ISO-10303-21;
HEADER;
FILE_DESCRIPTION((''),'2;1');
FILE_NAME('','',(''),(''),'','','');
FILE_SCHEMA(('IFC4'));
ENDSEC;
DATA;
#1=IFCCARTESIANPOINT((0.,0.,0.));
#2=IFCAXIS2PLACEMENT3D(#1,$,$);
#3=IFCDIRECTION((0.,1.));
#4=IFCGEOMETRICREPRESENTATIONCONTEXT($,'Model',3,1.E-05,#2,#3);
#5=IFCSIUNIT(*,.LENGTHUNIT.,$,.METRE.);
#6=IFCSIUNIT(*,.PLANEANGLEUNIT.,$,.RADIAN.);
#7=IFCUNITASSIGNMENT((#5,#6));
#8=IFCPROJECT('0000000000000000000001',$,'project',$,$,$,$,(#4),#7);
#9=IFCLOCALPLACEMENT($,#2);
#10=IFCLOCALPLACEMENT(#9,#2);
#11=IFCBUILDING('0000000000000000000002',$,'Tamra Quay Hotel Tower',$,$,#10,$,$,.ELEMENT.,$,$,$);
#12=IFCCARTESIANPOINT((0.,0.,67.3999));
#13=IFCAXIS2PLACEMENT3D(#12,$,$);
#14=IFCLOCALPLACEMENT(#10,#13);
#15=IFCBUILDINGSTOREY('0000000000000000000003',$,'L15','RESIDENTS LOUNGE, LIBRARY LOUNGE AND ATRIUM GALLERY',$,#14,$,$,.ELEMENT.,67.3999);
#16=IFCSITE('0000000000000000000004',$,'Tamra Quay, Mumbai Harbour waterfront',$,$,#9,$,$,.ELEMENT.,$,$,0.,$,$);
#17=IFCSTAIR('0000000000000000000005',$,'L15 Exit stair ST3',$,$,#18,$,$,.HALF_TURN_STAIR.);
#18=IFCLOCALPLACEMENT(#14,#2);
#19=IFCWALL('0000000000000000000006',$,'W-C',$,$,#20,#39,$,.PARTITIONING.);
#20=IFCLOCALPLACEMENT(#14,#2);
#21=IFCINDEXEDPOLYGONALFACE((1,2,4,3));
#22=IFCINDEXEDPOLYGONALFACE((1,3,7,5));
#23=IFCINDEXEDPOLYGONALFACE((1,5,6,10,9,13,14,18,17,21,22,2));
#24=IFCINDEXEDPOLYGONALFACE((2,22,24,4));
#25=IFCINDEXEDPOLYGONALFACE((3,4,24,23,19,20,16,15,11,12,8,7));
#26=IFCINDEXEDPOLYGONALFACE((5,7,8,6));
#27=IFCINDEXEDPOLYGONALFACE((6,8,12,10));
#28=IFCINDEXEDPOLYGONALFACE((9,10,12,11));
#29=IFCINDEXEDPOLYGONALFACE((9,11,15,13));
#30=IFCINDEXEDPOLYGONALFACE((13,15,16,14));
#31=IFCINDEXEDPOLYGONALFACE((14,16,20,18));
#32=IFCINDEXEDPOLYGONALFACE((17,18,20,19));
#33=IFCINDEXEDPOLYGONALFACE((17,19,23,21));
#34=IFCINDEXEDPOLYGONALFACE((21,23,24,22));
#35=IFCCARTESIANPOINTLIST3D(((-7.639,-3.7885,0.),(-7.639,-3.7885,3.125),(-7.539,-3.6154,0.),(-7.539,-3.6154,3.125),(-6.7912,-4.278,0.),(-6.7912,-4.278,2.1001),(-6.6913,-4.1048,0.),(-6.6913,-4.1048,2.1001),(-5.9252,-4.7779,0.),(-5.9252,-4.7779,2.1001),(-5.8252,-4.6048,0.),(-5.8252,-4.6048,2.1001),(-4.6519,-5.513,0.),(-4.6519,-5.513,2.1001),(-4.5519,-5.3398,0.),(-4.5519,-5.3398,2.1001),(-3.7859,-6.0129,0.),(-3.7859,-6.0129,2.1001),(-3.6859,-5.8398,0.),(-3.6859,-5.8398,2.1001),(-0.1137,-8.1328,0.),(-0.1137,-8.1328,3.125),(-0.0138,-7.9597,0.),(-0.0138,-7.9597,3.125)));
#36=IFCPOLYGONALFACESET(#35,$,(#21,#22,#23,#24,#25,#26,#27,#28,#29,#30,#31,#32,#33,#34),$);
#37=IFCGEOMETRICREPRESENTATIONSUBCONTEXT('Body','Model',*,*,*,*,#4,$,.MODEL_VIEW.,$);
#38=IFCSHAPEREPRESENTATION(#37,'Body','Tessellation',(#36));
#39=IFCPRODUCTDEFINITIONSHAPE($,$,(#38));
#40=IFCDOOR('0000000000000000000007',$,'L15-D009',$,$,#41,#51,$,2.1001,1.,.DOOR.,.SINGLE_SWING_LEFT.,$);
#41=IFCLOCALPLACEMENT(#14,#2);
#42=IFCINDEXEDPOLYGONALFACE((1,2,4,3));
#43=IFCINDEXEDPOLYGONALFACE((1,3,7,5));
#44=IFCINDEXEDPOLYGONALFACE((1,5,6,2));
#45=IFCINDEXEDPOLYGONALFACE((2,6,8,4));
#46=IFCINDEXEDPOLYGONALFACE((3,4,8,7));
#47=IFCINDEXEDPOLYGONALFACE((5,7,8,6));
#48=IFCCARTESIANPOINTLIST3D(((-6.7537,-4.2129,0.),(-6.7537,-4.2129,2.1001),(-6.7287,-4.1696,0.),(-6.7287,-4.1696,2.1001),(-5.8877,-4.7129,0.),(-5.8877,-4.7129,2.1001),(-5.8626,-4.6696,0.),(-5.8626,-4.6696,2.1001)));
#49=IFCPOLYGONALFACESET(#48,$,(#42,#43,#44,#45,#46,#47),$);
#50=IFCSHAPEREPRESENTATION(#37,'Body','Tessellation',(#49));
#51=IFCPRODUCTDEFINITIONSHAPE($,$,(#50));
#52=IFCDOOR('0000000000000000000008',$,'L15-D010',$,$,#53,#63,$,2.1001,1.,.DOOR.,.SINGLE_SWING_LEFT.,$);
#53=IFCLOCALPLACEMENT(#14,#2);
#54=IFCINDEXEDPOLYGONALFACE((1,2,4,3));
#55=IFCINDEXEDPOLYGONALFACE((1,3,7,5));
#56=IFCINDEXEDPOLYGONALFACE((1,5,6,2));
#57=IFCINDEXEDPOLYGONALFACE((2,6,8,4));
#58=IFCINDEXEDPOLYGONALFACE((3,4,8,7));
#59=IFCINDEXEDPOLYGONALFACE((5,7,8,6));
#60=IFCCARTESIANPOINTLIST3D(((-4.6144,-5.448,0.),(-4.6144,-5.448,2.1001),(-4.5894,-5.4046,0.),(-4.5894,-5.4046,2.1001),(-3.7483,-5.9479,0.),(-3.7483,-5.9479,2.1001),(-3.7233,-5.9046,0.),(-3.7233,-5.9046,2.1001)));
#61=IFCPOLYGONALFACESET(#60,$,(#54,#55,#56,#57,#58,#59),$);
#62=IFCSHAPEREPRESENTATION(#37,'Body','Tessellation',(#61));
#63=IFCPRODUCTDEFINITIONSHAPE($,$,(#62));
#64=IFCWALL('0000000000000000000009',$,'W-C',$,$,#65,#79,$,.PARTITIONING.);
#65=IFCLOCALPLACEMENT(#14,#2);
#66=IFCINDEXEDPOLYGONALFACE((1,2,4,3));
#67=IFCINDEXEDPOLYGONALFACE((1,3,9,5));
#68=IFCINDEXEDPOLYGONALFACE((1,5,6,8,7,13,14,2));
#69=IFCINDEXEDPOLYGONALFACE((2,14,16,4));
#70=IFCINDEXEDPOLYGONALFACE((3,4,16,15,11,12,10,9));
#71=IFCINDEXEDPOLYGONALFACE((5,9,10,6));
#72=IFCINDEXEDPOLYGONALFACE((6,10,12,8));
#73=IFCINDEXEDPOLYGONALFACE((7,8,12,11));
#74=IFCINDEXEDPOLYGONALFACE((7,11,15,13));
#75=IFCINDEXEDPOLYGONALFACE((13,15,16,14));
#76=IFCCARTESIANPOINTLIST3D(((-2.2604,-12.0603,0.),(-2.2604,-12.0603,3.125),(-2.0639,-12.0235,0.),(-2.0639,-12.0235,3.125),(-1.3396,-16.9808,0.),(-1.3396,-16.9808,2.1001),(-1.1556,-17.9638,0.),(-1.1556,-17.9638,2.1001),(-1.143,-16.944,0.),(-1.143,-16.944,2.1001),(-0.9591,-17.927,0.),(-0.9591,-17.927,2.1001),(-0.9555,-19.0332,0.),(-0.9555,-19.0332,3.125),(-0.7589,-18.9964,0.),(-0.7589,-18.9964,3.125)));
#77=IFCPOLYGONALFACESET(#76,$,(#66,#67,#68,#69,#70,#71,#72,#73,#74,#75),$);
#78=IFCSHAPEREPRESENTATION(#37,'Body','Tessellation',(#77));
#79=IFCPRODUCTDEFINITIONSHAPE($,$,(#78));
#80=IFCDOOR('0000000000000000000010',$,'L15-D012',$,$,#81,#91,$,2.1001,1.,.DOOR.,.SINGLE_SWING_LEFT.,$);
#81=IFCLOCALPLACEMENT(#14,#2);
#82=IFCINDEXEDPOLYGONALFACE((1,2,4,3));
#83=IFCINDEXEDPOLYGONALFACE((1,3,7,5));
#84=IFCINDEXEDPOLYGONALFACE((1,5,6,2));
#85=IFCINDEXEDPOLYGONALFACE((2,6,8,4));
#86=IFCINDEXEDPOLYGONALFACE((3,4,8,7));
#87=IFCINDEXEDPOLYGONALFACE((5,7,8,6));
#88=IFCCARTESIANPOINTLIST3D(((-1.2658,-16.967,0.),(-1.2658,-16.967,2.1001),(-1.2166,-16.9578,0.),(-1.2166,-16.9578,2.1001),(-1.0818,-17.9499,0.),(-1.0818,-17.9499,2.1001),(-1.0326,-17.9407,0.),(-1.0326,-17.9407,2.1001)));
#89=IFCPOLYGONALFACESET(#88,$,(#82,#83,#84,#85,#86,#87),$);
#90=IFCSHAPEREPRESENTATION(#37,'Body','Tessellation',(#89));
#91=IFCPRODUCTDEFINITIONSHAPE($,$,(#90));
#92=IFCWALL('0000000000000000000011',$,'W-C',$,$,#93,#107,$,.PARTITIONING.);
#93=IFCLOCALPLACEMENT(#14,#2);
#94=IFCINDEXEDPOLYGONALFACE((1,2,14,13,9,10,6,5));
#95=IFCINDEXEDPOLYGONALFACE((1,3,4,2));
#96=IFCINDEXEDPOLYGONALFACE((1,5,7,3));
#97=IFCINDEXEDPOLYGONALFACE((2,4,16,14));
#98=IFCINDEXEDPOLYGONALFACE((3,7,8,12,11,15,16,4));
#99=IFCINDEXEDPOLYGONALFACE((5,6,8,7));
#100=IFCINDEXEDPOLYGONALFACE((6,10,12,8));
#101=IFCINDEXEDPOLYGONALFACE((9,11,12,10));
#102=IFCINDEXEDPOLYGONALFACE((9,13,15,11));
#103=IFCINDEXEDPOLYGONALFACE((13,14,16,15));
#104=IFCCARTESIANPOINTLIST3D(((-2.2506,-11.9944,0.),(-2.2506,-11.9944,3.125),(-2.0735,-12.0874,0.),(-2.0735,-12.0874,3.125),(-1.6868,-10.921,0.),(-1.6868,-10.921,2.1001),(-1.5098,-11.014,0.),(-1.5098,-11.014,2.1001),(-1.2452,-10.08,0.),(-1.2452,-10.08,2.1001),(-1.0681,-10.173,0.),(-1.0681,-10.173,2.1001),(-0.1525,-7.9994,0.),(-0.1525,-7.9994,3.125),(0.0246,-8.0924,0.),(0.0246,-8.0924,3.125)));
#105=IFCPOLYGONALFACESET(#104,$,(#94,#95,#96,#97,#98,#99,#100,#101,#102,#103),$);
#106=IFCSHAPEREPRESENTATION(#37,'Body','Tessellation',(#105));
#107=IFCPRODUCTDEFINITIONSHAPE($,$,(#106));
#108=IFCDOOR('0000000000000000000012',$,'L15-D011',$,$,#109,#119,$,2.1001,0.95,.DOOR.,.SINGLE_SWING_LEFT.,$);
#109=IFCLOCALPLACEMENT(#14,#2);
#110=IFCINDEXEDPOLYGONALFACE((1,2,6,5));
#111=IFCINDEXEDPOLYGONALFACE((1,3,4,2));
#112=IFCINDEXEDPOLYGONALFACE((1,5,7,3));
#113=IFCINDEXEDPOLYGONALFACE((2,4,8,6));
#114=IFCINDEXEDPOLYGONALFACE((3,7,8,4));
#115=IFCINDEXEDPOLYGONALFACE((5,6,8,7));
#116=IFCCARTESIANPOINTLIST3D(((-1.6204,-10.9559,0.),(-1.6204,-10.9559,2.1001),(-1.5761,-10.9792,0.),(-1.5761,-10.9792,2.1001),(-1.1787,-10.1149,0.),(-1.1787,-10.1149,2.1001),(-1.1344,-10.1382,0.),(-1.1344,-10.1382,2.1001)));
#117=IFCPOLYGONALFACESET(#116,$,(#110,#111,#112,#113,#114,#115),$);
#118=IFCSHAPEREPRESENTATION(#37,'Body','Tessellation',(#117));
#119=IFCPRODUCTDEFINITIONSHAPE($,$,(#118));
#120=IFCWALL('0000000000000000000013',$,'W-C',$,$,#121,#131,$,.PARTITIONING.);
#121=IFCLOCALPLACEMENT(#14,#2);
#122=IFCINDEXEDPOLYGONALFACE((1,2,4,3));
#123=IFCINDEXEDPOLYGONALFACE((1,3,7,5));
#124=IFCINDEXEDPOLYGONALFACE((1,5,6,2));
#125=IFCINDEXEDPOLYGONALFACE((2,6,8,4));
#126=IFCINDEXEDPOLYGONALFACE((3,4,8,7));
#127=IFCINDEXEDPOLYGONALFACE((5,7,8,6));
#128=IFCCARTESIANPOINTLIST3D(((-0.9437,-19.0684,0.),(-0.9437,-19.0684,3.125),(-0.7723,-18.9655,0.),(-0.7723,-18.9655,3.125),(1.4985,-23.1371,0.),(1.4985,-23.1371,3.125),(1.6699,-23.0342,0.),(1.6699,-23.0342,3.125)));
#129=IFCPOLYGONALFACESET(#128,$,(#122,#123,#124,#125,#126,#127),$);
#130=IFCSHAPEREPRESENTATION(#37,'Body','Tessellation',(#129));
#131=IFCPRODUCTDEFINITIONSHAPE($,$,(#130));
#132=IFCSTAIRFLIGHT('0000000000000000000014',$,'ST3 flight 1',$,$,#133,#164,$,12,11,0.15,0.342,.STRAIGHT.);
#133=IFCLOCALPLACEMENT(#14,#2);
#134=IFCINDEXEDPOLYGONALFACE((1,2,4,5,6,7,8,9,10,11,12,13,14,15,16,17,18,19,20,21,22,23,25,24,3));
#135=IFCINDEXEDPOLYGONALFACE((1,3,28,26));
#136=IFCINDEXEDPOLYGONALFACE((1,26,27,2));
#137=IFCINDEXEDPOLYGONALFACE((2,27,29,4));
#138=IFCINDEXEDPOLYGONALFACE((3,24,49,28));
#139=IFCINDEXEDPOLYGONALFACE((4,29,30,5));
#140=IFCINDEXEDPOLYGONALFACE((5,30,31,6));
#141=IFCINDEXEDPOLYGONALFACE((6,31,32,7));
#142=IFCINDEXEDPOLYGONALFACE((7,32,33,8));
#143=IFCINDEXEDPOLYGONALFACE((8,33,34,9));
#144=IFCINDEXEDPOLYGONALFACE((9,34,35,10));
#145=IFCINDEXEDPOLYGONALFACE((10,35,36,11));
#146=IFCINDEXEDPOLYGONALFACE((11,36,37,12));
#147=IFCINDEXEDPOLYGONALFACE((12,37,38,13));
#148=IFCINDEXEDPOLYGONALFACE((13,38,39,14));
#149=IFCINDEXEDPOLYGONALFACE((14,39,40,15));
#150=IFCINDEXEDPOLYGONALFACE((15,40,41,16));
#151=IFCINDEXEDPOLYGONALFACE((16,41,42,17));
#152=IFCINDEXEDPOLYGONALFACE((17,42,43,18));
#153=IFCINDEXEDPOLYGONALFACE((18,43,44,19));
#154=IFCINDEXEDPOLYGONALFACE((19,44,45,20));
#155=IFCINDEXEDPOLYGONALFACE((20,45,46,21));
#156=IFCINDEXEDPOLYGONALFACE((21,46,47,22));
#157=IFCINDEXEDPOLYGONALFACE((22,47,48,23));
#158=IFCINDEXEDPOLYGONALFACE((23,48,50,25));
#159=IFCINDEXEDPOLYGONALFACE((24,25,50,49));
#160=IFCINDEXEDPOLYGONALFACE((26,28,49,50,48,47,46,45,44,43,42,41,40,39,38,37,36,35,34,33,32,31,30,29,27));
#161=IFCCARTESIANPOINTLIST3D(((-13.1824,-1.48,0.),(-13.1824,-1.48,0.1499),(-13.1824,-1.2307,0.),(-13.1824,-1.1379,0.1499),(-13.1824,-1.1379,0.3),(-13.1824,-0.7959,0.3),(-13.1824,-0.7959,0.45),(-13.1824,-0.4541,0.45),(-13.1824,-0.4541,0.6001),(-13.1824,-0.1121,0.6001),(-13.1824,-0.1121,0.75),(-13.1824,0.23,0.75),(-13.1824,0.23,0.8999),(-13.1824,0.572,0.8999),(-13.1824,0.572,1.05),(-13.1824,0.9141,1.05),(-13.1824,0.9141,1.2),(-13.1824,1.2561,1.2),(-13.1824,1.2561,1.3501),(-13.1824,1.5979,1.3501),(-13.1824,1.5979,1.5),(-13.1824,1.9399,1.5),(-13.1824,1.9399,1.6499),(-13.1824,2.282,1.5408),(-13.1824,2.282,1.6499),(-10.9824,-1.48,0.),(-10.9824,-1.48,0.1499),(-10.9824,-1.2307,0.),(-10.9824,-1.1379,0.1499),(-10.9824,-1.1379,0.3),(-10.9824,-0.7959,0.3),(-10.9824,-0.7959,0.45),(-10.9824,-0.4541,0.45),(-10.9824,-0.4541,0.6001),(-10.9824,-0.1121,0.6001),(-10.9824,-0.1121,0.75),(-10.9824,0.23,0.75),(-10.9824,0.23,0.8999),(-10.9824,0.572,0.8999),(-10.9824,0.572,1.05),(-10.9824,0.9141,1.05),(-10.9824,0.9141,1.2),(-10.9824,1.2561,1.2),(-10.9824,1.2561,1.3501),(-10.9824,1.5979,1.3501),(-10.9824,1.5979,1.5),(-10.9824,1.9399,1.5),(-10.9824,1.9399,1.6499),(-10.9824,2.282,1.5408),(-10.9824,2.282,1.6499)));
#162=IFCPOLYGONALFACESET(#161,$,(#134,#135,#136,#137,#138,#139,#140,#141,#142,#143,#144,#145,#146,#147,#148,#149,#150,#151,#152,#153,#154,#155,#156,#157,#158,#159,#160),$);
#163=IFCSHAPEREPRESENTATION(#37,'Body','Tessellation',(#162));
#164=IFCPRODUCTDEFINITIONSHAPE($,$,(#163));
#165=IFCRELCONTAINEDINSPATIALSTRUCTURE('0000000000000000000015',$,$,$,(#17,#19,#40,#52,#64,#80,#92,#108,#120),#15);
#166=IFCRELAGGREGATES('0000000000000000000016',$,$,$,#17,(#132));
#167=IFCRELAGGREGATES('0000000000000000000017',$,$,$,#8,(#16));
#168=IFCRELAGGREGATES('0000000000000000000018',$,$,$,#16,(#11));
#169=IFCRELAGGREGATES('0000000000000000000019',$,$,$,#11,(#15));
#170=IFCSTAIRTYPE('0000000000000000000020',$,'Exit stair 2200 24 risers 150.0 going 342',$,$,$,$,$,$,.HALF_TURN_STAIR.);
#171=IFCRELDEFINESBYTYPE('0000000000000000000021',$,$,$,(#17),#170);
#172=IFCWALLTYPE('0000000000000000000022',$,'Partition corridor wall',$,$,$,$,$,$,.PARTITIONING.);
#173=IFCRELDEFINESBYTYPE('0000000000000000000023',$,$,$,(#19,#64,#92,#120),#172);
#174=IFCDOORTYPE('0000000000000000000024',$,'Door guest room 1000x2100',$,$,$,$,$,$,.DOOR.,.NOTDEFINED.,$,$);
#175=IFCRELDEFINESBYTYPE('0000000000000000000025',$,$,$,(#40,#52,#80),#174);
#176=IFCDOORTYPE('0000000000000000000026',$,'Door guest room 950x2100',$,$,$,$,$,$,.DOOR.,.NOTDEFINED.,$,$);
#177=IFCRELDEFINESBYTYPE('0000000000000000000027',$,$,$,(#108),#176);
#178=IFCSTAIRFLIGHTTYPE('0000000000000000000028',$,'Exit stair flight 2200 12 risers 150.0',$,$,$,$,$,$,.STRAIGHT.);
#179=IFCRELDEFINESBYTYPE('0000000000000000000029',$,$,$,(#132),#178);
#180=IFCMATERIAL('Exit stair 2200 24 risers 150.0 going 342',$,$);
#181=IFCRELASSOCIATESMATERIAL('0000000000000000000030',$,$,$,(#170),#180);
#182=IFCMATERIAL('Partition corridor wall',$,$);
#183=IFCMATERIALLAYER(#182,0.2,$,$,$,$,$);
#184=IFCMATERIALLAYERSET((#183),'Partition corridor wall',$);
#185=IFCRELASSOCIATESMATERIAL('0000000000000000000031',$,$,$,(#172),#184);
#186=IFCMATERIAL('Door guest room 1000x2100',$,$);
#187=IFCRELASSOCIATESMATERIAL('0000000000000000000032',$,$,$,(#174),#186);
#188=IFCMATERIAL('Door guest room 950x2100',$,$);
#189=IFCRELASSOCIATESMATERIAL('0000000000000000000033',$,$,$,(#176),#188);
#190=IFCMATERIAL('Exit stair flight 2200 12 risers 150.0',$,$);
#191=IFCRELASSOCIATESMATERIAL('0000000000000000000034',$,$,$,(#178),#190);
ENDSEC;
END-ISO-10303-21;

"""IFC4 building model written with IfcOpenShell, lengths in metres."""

from ifc_helpers import new_model, si_unit, direction, frame, frame_2d, origin, place, context, subcontext, project, spatial, polyline, rectangle, outline, extrude, material, layer, layer_set, type_object, element, fill, aggregate, save


model = new_model("IFC4")

# Units and contexts
model_context = context("Model", 3, precision=1e-05, world=origin(), true_north=direction((0.0, 1.0)))
body_context = subcontext(model_context, "Body", "Model", "MODEL_VIEW")
ifc_project = project(units=[si_unit("LENGTHUNIT", "METRE"), si_unit("PLANEANGLEUNIT", "RADIAN")], contexts=[model_context])

# Site, building, storey
site_placement = place(None, origin())
site = spatial("IfcSite", under=ifc_project, at=site_placement, Name="Tamra Quay, Mumbai Harbour waterfront", CompositionType="ELEMENT", RefElevation=0.0)
building_placement = place(site_placement, origin())
building = spatial("IfcBuilding", under=site, at=building_placement, Name="Tamra Quay Hotel Tower", CompositionType="ELEMENT")
storey_placement = place(building_placement, frame((0.0, 0.0, 67.3999)))
storey = spatial("IfcBuildingStorey", under=building, at=storey_placement, Name="L15", Description="RESIDENTS LOUNGE, LIBRARY LOUNGE AND ATRIUM GALLERY", CompositionType="ELEMENT", Elevation=67.3999)

# Stair
ifc_material_1 = material(Name="Exit stair 2200 24 risers 150.0 going 342")
stair_type = type_object("IfcStairType", Name="Exit stair 2200 24 risers 150.0 going 342", PredefinedType="HALF_TURN_STAIR", material=ifc_material_1)
stair_1_placement = place(storey_placement, origin())
stair_1 = element("IfcStair", 1, at=stair_1_placement, inside=storey, type_object=stair_type, Name="L15 Exit stair ST3", PredefinedType="HALF_TURN_STAIR")

# Shared definitions
ifc_material_2 = material(Name="Partition corridor wall")
ifc_layer_1 = layer(ifc_material_2, 0.2)
ifc_layer_set_1 = layer_set([ifc_layer_1], Name="Partition corridor wall")
wall_type_1 = type_object("IfcWallType", Name="Partition corridor wall", PredefinedType="PARTITIONING", material=ifc_layer_set_1)

# Wall, openings, doors
wall_1_placement = place(storey_placement, frame((-7.5891, -3.7019, 0.0), z_axis=(0.0, 0.0, 1.0), x_axis=(0.866046, -0.499965, 0.0)))
wall_1 = element("IfcWall", 2, at=wall_1_placement, inside=storey, type_object=wall_type_1, Name="W-C", PredefinedType="PARTITIONING", context=body_context, shape_type="SweptSolid", body=[
    extrude(rectangle(XDim=8.6892, YDim=0.2, at=frame_2d((4.3447, 0.0))), origin(), (0.0, 0.0, 1.0), 3.125),
])
opening_1_placement = place(wall_1_placement, frame((0.979, 0.0, 0.0)))
opening_1 = element("IfcOpeningElement", 3, at=opening_1_placement, cuts=wall_1, PredefinedType="OPENING", context=body_context, shape_type="SweptSolid", body=[
    extrude(rectangle(XDim=1.0, YDim=2.1001, at=frame_2d((0.5, 1.05))), frame((0.0, 0.1099, 0.0), z_axis=(0.0, -1.0, 0.0), x_axis=(1.0, 0.0, 0.0)), (0.0, 0.0, 1.0), 0.22),
])
opening_2_placement = place(wall_1_placement, frame((3.4492, 0.0, 0.0)))
opening_2 = element("IfcOpeningElement", 4, at=opening_2_placement, cuts=wall_1, PredefinedType="OPENING", context=body_context, shape_type="SweptSolid", body=[
    extrude(rectangle(XDim=1.0, YDim=2.1001, at=frame_2d((0.5, 1.05))), frame((0.0, 0.1099, 0.0), z_axis=(0.0, -1.0, 0.0), x_axis=(1.0, 0.0, 0.0)), (0.0, 0.0, 1.0), 0.22),
])
ifc_material_3 = material(Name="Door guest room 1000x2100")
door_type_1 = type_object("IfcDoorType", Name="Door guest room 1000x2100", OperationType="NOTDEFINED", PredefinedType="DOOR", material=ifc_material_3)
door_1_placement = place(opening_1_placement, frame((1.0, 0.0, 0.0), z_axis=(0.0, 0.0, 1.0), x_axis=(-1.0, 0.0, 0.0)))
door_1 = element("IfcDoor", 5, at=door_1_placement, inside=storey, type_object=door_type_1, Name="L15-D009", OperationType="SINGLE_SWING_LEFT", OverallHeight=2.1001, OverallWidth=1.0, PredefinedType="DOOR", context=body_context, shape_type="SweptSolid", body=[
    extrude(rectangle(XDim=1.0, YDim=2.1001, at=frame_2d((0.5, 1.05))), frame((0.0, 0.0249, 0.0), z_axis=(0.0, -1.0, 0.0), x_axis=(1.0, 0.0, 0.0)), (0.0, 0.0, 1.0), 0.05),
])
fill(opening_1, door_1)
door_2_placement = place(opening_2_placement, frame((1.0, 0.0, 0.0), z_axis=(0.0, 0.0, 1.0), x_axis=(-1.0, 0.0, 0.0)))
door_2 = element("IfcDoor", 6, at=door_2_placement, inside=storey, type_object=door_type_1, Name="L15-D010", OperationType="SINGLE_SWING_LEFT", OverallHeight=2.1001, OverallWidth=1.0, PredefinedType="DOOR", context=body_context, shape_type="SweptSolid", body=[
    extrude(rectangle(XDim=1.0, YDim=2.1001, at=frame_2d((0.5, 1.05))), frame((0.0, 0.0249, 0.0), z_axis=(0.0, -1.0, 0.0), x_axis=(1.0, 0.0, 0.0)), (0.0, 0.0, 1.0), 0.05),
])
fill(opening_2, door_2)

# Walls, openings, doors
wall_2_placement = place(storey_placement, frame((-2.1621, -12.042, 0.0), z_axis=(0.0, 0.0, 1.0), x_axis=(0.18395, -0.982936, 0.0)))
wall_2 = element("IfcWall", 7, at=wall_2_placement, inside=storey, type_object=wall_type_1, Name="W-C", PredefinedType="PARTITIONING", context=body_context, shape_type="SweptSolid", body=[
    extrude(rectangle(XDim=7.094, YDim=0.2, at=frame_2d((3.5469, 0.0))), origin(), (0.0, 0.0, 1.0), 3.125),
])
opening_3_placement = place(wall_2_placement, frame((5.0059, 0.0, 0.0)))
opening_3 = element("IfcOpeningElement", 8, at=opening_3_placement, cuts=wall_2, PredefinedType="OPENING", context=body_context, shape_type="SweptSolid", body=[
    extrude(rectangle(XDim=1.0, YDim=2.1001, at=frame_2d((0.5, 1.05))), frame((0.0, 0.1099, 0.0), z_axis=(0.0, -1.0, 0.0), x_axis=(1.0, 0.0, 0.0)), (0.0, 0.0, 1.0), 0.22),
])
door_3_placement = place(opening_3_placement, frame((1.0, 0.0, 0.0), z_axis=(0.0, 0.0, 1.0), x_axis=(-1.0, 0.0, 0.0)))
door_3 = element("IfcDoor", 9, at=door_3_placement, inside=storey, type_object=door_type_1, Name="L15-D012", OperationType="SINGLE_SWING_LEFT", OverallHeight=2.1001, OverallWidth=1.0, PredefinedType="DOOR", context=body_context, shape_type="SweptSolid", body=[
    extrude(rectangle(XDim=1.0, YDim=2.1001, at=frame_2d((0.5, 1.05))), frame((0.0, 0.0249, 0.0), z_axis=(0.0, -1.0, 0.0), x_axis=(1.0, 0.0, 0.0)), (0.0, 0.0, 1.0), 0.05),
])
fill(opening_3, door_3)
wall_3_placement = place(storey_placement, frame((-2.1621, -12.041, 0.0), z_axis=(0.0, 0.0, 1.0), x_axis=(0.464957, 0.885333, 0.0)))
wall_3 = element("IfcWall", 10, at=wall_3_placement, inside=storey, type_object=wall_type_1, Name="W-C", PredefinedType="PARTITIONING", context=body_context, shape_type="SweptSolid", body=[
    extrude(rectangle(XDim=4.5125, YDim=0.2, at=frame_2d((2.2563, 0.0))), origin(), (0.0, 0.0, 1.0), 3.125),
])
opening_4_placement = place(wall_3_placement, frame((1.2124, 0.0, 0.0)))
opening_4 = element("IfcOpeningElement", 11, at=opening_4_placement, cuts=wall_3, PredefinedType="OPENING", context=body_context, shape_type="SweptSolid", body=[
    extrude(rectangle(XDim=0.95, YDim=2.1001, at=frame_2d((0.4751, 1.05))), frame((0.0, 0.1099, 0.0), z_axis=(0.0, -1.0, 0.0), x_axis=(1.0, 0.0, 0.0)), (0.0, 0.0, 1.0), 0.22),
])
ifc_material_4 = material(Name="Door guest room 950x2100")
door_type_2 = type_object("IfcDoorType", Name="Door guest room 950x2100", OperationType="NOTDEFINED", PredefinedType="DOOR", material=ifc_material_4)
door_4_placement = place(opening_4_placement, origin())
door_4 = element("IfcDoor", 12, at=door_4_placement, inside=storey, type_object=door_type_2, Name="L15-D011", OperationType="SINGLE_SWING_LEFT", OverallHeight=2.1001, OverallWidth=0.95, PredefinedType="DOOR", context=body_context, shape_type="SweptSolid", body=[
    extrude(rectangle(XDim=0.95, YDim=2.1001, at=frame_2d((0.4751, 1.05))), frame((0.0, 0.0249, 0.0), z_axis=(0.0, -1.0, 0.0), x_axis=(1.0, 0.0, 0.0)), (0.0, 0.0, 1.0), 0.05),
])
fill(opening_4, door_4)

# Wall
wall_4_placement = place(storey_placement, frame((-0.8579, -19.0171, 0.0), z_axis=(0.0, 0.0, 1.0), x_axis=(0.514647, -0.857402, 0.0)))
element("IfcWall", 13, at=wall_4_placement, inside=storey, type_object=wall_type_1, Name="W-C", PredefinedType="PARTITIONING", context=body_context, shape_type="SweptSolid", body=[
    extrude(rectangle(XDim=4.7454, YDim=0.2, at=frame_2d((2.3726, 0.0))), origin(), (0.0, 0.0, 1.0), 3.125),
])

# Stair flight
ifc_material_5 = material(Name="Exit stair flight 2200 12 risers 150.0")
stair_flight_type = type_object("IfcStairFlightType", Name="Exit stair flight 2200 12 risers 150.0", PredefinedType="STRAIGHT", material=ifc_material_5)
stair_flight_placement = place(storey_placement, frame((-12.0823, -1.48, 0.0), z_axis=(0.0, 0.0, 1.0), x_axis=(0.0, 1.0, 0.0)))
stair_flight = element("IfcStairFlight", 14, at=stair_flight_placement, type_object=stair_flight_type, Name="ST3 flight 1", NumberOfRisers=12, NumberOfTreads=11, PredefinedType="STRAIGHT", RiserHeight=0.15, TreadLength=0.342, context=body_context, shape_type="SweptSolid", body=[
    extrude(outline(polyline([(0.0, 0.0), (0.0, 0.1499), (0.342, 0.1499), (0.342, 0.3), (0.6841, 0.3), (0.6841, 0.45), (1.0259, 0.45), (1.0259, 0.6001), (1.3679, 0.6001), (1.3679, 0.75), (1.71, 0.75), (1.71, 0.8999), (2.052, 0.8999), (2.052, 1.05), (2.394, 1.05), (2.394, 1.2), (2.7361, 1.2), (2.7361, 1.3501), (3.0779, 1.3501), (3.0779, 1.5), (3.4199, 1.5), (3.4199, 1.6499), (3.762, 1.6499), (3.762, 1.8), (3.762, 1.5408), (0.2493, 0.0), (0.0, 0.0)])), frame((0.0, 1.1001, 0.0), z_axis=(0.0, -1.0, 0.0), x_axis=(1.0, 0.0, 0.0)), (0.0, 0.0, 1.0), 2.2),
])
aggregate(stair_1, [stair_flight])

save(model, "model.ifc")
